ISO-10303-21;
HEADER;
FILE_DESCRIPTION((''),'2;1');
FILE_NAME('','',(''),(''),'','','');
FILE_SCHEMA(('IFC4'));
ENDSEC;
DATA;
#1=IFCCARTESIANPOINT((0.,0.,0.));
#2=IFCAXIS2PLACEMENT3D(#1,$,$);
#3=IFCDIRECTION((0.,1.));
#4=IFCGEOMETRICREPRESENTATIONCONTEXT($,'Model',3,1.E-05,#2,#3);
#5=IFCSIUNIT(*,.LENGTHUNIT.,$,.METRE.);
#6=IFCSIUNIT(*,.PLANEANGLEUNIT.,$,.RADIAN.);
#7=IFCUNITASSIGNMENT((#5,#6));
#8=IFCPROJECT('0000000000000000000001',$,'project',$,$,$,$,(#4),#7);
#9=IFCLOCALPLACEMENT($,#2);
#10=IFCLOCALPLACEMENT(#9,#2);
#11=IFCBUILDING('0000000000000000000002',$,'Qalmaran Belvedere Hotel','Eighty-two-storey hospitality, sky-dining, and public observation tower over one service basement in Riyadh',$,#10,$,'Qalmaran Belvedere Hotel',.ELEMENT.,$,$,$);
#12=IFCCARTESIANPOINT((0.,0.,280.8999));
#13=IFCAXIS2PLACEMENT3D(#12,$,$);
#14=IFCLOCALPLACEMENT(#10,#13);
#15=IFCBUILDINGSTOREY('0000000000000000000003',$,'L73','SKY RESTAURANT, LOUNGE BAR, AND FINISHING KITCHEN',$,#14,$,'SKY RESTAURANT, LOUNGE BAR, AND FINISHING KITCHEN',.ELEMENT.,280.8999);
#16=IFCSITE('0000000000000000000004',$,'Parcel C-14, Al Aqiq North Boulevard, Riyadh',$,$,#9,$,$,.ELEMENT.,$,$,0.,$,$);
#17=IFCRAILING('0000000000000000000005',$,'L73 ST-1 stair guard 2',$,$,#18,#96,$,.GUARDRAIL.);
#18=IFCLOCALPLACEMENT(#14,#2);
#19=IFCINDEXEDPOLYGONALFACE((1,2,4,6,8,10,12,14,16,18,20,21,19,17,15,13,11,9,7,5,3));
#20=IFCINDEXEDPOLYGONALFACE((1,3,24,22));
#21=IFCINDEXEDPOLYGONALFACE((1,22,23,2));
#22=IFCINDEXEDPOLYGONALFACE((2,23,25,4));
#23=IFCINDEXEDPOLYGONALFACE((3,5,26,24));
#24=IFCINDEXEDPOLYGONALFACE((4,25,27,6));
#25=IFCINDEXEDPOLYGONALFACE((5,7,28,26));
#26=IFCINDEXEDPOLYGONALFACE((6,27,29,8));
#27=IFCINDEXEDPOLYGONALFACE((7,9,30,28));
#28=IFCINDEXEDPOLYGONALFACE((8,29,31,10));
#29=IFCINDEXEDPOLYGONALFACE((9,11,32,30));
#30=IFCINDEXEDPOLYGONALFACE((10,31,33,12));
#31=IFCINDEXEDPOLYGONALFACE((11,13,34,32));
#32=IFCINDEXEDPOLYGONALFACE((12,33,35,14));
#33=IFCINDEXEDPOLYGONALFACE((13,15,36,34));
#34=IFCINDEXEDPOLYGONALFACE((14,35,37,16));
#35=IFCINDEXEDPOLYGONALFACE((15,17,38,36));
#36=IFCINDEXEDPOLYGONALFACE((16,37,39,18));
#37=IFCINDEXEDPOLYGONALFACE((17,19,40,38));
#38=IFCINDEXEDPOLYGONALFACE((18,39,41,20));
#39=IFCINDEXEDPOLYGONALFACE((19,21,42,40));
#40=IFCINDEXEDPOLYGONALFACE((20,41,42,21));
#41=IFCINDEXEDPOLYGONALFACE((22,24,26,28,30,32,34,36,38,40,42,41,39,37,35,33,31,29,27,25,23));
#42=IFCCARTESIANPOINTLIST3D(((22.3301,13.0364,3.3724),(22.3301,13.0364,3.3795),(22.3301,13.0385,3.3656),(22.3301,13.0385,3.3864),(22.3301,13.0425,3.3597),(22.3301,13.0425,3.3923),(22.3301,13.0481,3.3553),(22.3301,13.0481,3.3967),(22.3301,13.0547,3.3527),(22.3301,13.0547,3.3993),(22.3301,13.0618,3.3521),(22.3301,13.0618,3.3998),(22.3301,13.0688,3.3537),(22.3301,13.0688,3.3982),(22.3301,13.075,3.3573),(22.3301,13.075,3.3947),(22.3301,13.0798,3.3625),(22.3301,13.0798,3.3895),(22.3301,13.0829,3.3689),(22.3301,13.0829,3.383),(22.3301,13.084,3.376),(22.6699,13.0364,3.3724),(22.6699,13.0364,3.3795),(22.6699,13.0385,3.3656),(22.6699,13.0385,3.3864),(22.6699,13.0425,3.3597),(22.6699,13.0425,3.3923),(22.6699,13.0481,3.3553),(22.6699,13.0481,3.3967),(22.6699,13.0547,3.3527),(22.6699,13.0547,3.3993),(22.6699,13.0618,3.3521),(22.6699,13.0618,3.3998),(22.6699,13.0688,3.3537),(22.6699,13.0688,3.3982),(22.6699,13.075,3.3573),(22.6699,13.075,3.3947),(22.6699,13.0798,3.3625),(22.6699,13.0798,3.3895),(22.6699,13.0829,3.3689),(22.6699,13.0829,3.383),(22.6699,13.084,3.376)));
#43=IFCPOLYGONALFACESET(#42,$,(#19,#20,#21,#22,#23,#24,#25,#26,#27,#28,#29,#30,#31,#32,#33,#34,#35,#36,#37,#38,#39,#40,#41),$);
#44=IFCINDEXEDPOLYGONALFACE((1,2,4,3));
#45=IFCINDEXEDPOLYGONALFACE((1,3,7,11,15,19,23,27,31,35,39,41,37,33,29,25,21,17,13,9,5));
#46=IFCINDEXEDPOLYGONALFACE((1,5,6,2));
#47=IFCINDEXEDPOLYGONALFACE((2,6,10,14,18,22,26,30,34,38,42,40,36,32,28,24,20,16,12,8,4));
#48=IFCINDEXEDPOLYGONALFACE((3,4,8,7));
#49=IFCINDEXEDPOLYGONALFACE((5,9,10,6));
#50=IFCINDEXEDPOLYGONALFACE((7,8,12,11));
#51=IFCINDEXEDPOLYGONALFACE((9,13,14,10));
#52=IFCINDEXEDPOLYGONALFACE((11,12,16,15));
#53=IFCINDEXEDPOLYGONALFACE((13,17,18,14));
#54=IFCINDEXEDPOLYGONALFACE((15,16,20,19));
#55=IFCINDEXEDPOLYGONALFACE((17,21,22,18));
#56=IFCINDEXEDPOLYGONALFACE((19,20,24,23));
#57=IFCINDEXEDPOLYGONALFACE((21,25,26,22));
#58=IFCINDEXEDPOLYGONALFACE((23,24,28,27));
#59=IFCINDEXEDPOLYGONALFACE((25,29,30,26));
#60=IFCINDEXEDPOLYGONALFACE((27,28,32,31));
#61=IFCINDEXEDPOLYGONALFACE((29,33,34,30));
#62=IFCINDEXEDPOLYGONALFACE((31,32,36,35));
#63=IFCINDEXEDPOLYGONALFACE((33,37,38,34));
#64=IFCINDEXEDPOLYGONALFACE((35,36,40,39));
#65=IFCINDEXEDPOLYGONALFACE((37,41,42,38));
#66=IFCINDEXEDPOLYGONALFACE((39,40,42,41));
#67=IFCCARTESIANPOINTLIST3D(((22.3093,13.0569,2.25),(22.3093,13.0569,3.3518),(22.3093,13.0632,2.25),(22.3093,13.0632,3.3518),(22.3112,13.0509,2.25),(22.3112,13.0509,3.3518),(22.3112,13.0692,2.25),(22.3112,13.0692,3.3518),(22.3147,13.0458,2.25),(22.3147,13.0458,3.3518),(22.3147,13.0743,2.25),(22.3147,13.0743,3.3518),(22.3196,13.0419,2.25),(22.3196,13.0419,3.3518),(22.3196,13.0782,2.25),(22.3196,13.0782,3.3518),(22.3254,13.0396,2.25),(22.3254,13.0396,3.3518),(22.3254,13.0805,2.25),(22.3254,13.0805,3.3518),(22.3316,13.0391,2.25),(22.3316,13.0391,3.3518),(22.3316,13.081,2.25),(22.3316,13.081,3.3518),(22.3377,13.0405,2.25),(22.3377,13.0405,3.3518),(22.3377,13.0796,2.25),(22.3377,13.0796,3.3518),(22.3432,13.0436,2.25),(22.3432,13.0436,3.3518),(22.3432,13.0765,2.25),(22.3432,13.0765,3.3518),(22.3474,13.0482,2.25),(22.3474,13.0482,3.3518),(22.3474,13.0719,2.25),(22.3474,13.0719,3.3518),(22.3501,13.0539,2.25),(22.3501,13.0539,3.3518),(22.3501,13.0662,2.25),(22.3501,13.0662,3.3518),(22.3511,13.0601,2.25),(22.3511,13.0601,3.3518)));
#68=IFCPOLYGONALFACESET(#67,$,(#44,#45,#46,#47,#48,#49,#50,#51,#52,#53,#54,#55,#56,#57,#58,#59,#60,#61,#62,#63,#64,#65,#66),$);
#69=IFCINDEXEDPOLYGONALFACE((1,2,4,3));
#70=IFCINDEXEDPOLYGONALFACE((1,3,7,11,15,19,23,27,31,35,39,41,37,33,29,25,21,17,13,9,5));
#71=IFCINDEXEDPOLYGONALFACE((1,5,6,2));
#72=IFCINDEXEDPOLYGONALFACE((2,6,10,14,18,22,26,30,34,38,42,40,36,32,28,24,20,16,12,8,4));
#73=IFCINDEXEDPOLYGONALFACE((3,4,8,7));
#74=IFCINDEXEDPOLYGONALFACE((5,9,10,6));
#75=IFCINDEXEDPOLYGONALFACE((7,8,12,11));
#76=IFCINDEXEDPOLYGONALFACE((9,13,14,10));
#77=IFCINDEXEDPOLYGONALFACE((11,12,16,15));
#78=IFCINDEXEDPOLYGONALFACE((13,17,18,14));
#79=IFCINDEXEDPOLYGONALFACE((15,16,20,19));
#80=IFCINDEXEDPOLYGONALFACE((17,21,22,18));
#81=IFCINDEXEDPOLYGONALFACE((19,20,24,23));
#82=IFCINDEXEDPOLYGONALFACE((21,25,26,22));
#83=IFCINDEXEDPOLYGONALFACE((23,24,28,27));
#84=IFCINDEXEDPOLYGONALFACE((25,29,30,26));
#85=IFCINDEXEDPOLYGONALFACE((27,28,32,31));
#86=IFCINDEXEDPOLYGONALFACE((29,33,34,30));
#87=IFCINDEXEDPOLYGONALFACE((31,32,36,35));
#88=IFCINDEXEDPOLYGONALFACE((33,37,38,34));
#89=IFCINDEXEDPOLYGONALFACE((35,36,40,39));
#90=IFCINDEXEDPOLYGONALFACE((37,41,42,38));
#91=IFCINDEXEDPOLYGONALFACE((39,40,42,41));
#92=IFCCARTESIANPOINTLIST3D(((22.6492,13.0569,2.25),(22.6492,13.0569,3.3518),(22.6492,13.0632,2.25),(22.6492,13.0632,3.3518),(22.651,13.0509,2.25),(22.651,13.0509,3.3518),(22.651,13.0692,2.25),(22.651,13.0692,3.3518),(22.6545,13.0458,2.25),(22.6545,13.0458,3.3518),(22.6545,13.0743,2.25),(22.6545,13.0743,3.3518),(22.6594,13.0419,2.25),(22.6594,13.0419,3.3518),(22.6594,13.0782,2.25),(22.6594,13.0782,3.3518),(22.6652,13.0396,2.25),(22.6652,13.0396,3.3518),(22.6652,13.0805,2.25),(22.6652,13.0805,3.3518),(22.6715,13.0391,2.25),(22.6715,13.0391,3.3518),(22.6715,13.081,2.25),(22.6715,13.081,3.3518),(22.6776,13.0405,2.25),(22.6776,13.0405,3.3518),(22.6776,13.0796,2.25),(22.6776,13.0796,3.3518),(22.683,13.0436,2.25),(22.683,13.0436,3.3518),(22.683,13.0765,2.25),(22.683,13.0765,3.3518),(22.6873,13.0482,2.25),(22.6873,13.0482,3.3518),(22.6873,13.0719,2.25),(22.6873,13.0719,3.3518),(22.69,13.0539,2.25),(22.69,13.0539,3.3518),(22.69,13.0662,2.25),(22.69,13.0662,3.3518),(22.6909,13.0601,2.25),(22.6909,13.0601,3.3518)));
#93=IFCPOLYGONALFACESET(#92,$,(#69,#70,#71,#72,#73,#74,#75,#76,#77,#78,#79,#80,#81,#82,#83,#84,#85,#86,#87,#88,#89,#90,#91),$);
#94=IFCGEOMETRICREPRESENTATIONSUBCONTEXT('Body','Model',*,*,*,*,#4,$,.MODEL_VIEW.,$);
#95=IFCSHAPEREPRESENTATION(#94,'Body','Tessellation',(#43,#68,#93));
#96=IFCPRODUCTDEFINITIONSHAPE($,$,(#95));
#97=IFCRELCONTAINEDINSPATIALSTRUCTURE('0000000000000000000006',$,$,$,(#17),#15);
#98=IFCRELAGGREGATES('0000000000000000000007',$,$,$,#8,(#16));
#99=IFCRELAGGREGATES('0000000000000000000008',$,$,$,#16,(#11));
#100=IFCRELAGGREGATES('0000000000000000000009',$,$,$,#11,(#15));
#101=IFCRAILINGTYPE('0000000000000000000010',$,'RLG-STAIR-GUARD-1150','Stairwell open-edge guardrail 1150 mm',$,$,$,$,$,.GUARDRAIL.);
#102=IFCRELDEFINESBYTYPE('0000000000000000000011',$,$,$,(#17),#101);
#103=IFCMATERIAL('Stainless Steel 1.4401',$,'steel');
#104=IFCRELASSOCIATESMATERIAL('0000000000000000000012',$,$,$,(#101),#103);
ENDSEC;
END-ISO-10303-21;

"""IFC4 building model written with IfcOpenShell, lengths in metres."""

from ifc_helpers import new_model, si_unit, direction, frame, origin, origin_2d, place, context, subcontext, project, spatial, circle, extrude, material, type_object, element, save


model = new_model("IFC4")

# Units and contexts
model_context = context("Model", 3, precision=1e-05, world=origin(), true_north=direction((0.0, 1.0)))
body_context = subcontext(model_context, "Body", "Model", "MODEL_VIEW")
ifc_project = project(units=[si_unit("LENGTHUNIT", "METRE"), si_unit("PLANEANGLEUNIT", "RADIAN")], contexts=[model_context])

# Site, building, storey
site_placement = place(None, origin())
site = spatial("IfcSite", under=ifc_project, at=site_placement, Name="Parcel C-14, Al Aqiq North Boulevard, Riyadh", CompositionType="ELEMENT", RefElevation=0.0)
building_placement = place(site_placement, origin())
building = spatial("IfcBuilding", under=site, at=building_placement, Name="Qalmaran Belvedere Hotel", Description="Eighty-two-storey hospitality, sky-dining, and public observation tower over one service basement in Riyadh", LongName="Qalmaran Belvedere Hotel", CompositionType="ELEMENT")
storey_placement = place(building_placement, frame((0.0, 0.0, 280.8999)))
storey = spatial("IfcBuildingStorey", under=building, at=storey_placement, Name="L73", Description="SKY RESTAURANT, LOUNGE BAR, AND FINISHING KITCHEN", LongName="SKY RESTAURANT, LOUNGE BAR, AND FINISHING KITCHEN", CompositionType="ELEMENT", Elevation=280.8999)

# Railing
ifc_material_1 = material(Name="Stainless Steel 1.4401", Category="steel")
railing_type_1 = type_object("IfcRailingType", Name="RLG-STAIR-GUARD-1150", Description="Stairwell open-edge guardrail 1150 mm", PredefinedType="GUARDRAIL", material=ifc_material_1)
railing_1_placement = place(storey_placement, frame((22.3301, 13.0601, 2.25)))
element("IfcRailing", 1, at=railing_1_placement, inside=storey, type_object=railing_type_1, Name="L73 ST-1 stair guard 2", PredefinedType="GUARDRAIL", context=body_context, shape_type="SweptSolid", body=[
    extrude(circle(Radius=0.0239, at=origin_2d()), frame((0.0, 0.0, 1.126), z_axis=(1.0, 0.0, 0.0), x_axis=(0.0, 1.0, 0.0)), (0.0, 0.0, 1.0), 0.3398),
    extrude(circle(Radius=0.021, at=origin_2d()), origin(), (0.0, 0.0, 1.0), 1.1018),
    extrude(circle(Radius=0.021, at=origin_2d()), frame((0.3398, 0.0, 0.0)), (0.0, 0.0, 1.0), 1.1018),
])

save(model, "model.ifc")
